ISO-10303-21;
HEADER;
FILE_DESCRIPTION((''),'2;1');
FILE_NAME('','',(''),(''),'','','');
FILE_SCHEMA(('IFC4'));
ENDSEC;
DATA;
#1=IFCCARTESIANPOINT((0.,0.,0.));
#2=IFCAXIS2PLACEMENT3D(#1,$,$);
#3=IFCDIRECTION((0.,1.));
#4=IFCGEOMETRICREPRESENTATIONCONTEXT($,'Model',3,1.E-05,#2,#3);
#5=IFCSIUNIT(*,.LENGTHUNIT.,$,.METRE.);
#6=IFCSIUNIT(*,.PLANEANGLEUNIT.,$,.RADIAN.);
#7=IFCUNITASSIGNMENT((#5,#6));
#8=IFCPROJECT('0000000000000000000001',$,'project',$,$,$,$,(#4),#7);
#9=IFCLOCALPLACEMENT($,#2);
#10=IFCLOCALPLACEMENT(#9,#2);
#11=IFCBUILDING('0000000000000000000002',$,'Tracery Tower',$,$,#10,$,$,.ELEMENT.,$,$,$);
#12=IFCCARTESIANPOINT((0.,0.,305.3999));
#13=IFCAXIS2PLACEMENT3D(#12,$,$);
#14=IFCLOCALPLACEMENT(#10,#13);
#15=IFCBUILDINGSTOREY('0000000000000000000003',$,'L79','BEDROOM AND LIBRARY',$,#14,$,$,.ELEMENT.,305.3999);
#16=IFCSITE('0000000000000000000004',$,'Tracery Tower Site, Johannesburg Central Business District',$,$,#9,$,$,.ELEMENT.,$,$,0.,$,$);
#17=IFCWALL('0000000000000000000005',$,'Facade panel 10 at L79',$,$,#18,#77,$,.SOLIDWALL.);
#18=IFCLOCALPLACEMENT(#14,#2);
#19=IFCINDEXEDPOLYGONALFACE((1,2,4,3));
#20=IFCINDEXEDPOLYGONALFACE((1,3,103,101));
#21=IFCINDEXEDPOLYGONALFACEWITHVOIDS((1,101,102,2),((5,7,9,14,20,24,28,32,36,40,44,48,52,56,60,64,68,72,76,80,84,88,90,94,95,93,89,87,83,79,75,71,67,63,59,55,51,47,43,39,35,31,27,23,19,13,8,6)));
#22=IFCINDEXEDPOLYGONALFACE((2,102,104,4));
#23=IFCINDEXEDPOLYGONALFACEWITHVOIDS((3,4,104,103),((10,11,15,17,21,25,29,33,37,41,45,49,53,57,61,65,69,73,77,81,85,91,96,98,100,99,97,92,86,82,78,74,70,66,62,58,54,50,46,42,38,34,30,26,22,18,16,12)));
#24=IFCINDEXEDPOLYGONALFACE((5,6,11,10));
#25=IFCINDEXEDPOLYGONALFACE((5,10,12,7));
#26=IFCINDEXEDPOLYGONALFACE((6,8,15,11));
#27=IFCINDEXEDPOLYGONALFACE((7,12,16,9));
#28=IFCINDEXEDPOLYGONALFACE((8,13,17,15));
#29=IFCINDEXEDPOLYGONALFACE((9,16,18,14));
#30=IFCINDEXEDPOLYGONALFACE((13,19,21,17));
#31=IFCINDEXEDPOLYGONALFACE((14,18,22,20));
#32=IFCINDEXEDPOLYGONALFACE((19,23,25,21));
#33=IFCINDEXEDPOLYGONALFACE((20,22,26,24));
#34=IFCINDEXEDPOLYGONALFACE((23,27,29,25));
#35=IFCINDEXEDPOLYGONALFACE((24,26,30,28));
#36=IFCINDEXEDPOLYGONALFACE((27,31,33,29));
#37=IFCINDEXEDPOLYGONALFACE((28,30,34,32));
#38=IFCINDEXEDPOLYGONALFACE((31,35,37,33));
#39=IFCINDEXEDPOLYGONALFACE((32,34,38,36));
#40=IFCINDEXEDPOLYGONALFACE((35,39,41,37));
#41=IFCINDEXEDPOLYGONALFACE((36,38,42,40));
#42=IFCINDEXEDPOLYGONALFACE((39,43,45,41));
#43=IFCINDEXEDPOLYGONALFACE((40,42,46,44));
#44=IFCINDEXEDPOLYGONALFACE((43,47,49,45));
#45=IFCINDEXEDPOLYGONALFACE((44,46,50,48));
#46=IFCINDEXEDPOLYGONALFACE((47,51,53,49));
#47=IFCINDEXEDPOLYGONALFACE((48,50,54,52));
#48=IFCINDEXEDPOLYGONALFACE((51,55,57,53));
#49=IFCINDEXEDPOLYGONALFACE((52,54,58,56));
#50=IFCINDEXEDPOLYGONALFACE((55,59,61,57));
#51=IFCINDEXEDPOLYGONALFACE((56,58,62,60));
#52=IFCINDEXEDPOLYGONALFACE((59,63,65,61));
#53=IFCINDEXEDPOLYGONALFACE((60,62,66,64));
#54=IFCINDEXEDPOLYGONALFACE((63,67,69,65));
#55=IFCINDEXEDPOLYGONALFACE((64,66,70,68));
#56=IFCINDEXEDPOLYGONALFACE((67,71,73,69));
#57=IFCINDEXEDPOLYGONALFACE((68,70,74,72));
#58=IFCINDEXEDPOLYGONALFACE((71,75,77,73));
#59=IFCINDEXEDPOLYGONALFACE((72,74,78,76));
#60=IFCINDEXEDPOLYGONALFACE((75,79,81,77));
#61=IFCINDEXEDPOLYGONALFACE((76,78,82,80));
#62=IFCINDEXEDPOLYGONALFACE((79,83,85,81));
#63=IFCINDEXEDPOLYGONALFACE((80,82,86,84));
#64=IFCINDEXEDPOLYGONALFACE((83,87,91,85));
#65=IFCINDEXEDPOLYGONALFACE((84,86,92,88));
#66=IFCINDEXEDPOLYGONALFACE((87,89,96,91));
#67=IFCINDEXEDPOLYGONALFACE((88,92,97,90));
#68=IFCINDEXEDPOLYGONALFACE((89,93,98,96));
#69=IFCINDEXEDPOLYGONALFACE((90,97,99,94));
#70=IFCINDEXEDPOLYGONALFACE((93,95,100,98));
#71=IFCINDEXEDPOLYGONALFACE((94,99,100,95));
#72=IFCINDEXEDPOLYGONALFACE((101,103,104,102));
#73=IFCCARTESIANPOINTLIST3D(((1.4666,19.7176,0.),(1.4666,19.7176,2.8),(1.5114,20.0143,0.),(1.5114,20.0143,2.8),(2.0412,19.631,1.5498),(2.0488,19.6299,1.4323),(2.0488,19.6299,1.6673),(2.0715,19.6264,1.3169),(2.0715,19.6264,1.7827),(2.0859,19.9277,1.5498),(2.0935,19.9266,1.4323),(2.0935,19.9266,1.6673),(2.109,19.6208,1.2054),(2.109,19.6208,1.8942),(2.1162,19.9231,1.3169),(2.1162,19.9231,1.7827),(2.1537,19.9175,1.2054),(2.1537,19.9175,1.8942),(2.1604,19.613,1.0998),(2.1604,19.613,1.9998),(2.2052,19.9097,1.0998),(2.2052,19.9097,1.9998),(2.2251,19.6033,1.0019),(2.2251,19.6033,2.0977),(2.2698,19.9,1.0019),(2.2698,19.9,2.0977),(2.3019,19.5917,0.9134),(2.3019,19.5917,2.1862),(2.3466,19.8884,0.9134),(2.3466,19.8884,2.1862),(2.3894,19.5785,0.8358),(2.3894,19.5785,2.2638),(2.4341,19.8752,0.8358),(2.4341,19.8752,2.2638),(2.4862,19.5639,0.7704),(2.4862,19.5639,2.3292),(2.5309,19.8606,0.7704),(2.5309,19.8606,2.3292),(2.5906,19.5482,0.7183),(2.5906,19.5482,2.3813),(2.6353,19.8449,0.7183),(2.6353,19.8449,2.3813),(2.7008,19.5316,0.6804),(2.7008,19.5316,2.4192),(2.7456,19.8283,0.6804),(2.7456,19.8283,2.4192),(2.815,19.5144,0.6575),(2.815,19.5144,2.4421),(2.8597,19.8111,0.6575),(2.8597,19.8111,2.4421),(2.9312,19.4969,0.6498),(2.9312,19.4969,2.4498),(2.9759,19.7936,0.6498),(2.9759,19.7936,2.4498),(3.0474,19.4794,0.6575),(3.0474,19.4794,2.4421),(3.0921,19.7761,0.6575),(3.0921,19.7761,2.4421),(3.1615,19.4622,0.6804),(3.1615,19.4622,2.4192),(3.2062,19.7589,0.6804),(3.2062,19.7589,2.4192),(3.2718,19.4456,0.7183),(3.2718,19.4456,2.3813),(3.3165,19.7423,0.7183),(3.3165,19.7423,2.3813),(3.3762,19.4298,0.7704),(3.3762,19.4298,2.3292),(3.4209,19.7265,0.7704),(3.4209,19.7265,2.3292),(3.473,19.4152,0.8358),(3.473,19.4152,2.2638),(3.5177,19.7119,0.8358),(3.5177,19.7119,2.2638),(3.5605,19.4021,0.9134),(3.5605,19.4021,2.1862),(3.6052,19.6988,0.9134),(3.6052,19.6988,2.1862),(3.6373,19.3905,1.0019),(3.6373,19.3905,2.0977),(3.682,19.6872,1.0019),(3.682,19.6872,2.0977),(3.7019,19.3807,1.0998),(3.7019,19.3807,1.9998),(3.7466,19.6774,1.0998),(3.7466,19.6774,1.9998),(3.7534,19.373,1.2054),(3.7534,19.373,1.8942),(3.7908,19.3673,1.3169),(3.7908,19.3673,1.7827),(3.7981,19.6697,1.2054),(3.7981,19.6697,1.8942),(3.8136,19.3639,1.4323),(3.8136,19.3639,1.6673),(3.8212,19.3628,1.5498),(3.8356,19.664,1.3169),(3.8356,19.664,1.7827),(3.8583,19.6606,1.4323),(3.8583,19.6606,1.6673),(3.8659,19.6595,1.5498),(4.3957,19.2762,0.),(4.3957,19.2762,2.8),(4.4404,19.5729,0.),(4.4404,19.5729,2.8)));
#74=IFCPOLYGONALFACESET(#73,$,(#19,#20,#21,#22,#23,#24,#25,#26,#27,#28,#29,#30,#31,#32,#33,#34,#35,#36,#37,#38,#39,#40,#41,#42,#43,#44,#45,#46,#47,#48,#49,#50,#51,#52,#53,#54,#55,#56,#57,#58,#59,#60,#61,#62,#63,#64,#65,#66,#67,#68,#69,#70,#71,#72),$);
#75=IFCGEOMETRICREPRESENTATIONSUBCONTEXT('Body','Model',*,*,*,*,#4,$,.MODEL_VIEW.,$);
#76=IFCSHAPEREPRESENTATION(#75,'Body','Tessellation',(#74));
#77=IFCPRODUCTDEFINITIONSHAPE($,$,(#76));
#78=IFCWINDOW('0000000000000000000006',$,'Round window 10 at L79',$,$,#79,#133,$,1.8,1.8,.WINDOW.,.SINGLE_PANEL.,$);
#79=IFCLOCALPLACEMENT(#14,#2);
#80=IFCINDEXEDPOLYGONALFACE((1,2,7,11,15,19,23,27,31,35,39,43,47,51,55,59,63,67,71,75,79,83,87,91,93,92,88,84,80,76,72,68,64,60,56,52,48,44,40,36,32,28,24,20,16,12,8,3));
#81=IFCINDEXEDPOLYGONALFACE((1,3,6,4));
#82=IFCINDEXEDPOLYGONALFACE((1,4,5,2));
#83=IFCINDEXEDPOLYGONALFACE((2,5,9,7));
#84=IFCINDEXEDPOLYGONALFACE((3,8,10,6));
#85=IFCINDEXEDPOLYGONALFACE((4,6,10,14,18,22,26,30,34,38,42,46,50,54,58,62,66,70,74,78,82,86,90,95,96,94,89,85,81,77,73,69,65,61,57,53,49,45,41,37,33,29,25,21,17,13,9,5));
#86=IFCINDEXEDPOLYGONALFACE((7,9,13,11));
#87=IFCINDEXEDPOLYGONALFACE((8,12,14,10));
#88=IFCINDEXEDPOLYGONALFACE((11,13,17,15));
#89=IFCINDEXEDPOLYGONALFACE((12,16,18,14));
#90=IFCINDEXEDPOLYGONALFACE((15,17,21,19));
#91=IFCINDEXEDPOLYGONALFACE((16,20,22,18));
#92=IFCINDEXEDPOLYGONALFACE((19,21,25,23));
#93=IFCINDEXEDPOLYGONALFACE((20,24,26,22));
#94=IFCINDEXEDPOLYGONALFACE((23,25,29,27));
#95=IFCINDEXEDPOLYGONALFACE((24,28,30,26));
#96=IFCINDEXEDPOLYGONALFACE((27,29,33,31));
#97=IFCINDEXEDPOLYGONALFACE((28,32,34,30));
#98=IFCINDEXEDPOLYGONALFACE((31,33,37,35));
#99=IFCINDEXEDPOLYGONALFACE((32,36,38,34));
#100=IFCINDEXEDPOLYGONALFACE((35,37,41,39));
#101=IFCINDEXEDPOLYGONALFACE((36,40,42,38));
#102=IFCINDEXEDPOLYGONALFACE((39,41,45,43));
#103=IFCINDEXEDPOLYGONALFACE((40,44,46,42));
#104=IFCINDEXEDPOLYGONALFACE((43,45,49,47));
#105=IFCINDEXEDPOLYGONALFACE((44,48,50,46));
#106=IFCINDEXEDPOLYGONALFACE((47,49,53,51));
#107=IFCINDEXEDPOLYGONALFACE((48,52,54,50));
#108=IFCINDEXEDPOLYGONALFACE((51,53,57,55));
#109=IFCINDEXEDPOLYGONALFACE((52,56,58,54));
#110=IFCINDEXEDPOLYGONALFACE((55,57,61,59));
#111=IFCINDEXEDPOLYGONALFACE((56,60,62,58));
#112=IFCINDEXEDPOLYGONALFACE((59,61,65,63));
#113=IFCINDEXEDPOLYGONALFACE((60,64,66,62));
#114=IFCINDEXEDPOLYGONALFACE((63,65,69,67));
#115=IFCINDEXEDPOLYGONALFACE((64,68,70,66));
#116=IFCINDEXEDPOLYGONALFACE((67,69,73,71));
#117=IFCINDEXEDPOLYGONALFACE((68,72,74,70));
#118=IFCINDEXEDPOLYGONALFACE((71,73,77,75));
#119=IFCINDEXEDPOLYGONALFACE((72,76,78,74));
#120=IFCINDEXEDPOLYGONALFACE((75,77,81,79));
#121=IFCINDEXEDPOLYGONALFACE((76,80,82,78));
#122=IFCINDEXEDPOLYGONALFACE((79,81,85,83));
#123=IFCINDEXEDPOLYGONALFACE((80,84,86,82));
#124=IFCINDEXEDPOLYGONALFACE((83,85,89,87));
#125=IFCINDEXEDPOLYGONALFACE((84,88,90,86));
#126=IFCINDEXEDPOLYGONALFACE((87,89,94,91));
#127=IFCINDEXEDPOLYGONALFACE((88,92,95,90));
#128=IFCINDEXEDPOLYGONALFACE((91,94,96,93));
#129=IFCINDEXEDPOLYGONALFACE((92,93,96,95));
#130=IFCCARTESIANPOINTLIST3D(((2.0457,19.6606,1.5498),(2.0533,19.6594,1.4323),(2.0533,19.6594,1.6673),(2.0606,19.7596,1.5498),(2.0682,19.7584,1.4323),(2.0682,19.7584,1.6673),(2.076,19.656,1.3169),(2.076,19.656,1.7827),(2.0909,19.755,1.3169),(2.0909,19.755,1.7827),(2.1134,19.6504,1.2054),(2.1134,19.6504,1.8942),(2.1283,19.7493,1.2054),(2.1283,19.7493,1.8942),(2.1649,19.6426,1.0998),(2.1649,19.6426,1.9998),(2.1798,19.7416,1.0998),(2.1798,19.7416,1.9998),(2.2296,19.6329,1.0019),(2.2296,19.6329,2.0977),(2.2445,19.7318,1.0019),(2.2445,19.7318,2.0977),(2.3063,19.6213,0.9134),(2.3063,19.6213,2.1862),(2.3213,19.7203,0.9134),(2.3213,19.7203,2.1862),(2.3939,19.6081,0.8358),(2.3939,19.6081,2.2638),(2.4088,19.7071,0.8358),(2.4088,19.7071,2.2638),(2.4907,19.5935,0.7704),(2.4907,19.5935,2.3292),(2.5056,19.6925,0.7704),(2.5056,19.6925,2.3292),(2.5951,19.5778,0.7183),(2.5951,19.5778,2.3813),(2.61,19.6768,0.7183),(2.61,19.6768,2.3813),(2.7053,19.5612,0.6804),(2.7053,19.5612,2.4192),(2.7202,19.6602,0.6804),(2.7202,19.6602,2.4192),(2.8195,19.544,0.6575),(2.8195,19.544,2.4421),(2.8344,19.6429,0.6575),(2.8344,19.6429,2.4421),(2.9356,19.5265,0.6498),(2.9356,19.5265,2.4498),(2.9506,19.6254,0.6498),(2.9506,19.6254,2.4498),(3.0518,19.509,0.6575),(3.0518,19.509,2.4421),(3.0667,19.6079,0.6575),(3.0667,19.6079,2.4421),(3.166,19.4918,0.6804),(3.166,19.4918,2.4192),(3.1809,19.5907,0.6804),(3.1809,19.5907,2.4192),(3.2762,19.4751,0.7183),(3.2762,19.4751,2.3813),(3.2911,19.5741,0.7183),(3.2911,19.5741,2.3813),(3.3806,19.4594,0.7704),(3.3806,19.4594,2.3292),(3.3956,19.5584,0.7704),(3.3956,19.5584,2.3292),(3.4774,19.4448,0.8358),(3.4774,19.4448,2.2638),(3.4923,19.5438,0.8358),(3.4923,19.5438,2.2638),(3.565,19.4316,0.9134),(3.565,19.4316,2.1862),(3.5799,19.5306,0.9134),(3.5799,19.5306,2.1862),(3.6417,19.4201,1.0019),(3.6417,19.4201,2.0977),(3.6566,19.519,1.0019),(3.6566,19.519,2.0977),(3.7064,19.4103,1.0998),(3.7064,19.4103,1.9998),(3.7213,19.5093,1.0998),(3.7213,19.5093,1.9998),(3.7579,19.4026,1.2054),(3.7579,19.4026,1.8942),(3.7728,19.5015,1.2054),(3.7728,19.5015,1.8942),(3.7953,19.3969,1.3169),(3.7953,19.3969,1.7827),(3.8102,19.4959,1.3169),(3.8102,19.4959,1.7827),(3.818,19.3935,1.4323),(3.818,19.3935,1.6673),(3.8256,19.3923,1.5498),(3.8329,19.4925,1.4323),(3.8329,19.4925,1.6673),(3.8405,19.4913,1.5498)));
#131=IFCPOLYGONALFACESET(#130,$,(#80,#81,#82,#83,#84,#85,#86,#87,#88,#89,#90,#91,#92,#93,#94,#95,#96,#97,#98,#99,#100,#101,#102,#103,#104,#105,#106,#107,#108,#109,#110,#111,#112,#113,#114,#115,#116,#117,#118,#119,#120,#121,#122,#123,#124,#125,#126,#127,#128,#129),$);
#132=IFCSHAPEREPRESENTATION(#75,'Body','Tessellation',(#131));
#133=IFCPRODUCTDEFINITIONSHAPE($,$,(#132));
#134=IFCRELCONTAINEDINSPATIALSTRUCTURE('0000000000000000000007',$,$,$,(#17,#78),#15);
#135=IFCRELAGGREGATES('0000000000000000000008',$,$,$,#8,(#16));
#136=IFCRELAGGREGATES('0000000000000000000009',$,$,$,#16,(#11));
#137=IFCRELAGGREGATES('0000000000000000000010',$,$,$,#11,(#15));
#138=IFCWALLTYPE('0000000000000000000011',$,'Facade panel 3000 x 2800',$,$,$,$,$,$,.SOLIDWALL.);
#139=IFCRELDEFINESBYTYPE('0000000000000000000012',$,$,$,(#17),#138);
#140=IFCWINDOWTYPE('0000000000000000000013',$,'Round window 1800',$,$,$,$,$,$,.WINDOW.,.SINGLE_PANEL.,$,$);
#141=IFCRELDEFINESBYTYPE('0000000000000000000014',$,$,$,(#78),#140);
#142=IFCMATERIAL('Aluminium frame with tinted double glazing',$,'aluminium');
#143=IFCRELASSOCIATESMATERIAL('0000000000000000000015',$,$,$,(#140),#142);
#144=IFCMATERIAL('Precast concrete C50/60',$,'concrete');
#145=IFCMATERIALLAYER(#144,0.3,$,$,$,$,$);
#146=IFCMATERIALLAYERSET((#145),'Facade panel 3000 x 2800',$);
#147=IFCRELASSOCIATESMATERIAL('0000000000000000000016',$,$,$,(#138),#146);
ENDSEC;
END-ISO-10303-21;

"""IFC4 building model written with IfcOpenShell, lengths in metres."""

from ifc_helpers import new_model, si_unit, direction, frame, frame_2d, origin, origin_2d, place, context, subcontext, project, spatial, rectangle, circle, extrude, material, layer, layer_set, type_object, element, fill, save


model = new_model("IFC4")

# Units and contexts
model_context = context("Model", 3, precision=1e-05, world=origin(), true_north=direction((0.0, 1.0)))
body_context = subcontext(model_context, "Body", "Model", "MODEL_VIEW")
ifc_project = project(units=[si_unit("LENGTHUNIT", "METRE"), si_unit("PLANEANGLEUNIT", "RADIAN")], contexts=[model_context])

# Site, building, storey
site_placement = place(None, origin())
site = spatial("IfcSite", under=ifc_project, at=site_placement, Name="Tracery Tower Site, Johannesburg Central Business District", CompositionType="ELEMENT", RefElevation=0.0)
building_placement = place(site_placement, origin())
building = spatial("IfcBuilding", under=site, at=building_placement, Name="Tracery Tower", CompositionType="ELEMENT")
storey_placement = place(building_placement, frame((0.0, 0.0, 305.3999)))
storey = spatial("IfcBuildingStorey", under=building, at=storey_placement, Name="L79", Description="BEDROOM AND LIBRARY", CompositionType="ELEMENT", Elevation=305.3999)

# Wall, opening, window
ifc_material_1 = material(Name="Aluminium frame with tinted double glazing", Category="aluminium")
window_type = type_object("IfcWindowType", Name="Round window 1800", PartitioningType="SINGLE_PANEL", PredefinedType="WINDOW", material=ifc_material_1)
ifc_material_2 = material(Name="Precast concrete C50/60", Category="concrete")
ifc_layer_1 = layer(ifc_material_2, 0.3)
ifc_layer_set_1 = layer_set([ifc_layer_1], Name="Facade panel 3000 x 2800")
wall_type_1 = type_object("IfcWallType", Name="Facade panel 3000 x 2800", PredefinedType="SOLIDWALL", material=ifc_layer_set_1)
wall_1_placement = place(storey_placement, frame((4.418, 19.4246, 0.0), z_axis=(0.0, 0.0, 1.0), x_axis=(-0.988836, 0.149009, 0.0)))
wall_1 = element("IfcWall", 1, at=wall_1_placement, inside=storey, type_object=wall_type_1, Name="Facade panel 10 at L79", PredefinedType="SOLIDWALL", context=body_context, shape_type="SweptSolid", body=[
    extrude(rectangle(XDim=2.9622, YDim=0.3, at=frame_2d((1.481, 0.0))), origin(), (0.0, 0.0, 1.0), 2.8),
])
opening_1_placement = place(wall_1_placement, frame((1.481, 0.0, 1.5498)))
opening_1 = element("IfcOpeningElement", 2, at=opening_1_placement, cuts=wall_1, PredefinedType="OPENING", context=body_context, shape_type="SweptSolid", body=[
    extrude(circle(Radius=0.9, at=origin_2d()), frame((0.0, 0.1599, 0.0), z_axis=(0.0, -1.0, 0.0), x_axis=(1.0, 0.0, 0.0)), (0.0, 0.0, 1.0), 0.3201),
])
window_1_placement = place(opening_1_placement, origin())
window_1 = element("IfcWindow", 3, at=window_1_placement, inside=storey, type_object=window_type, Name="Round window 10 at L79", OverallHeight=1.8, OverallWidth=1.8, PartitioningType="SINGLE_PANEL", PredefinedType="WINDOW", context=body_context, shape_type="SweptSolid", body=[
    extrude(circle(Radius=0.9, at=origin_2d()), frame((0.0, 0.1201, 0.0), z_axis=(0.0, -1.0, 0.0), x_axis=(1.0, 0.0, 0.0)), (0.0, 0.0, 1.0), 0.1001),
])
fill(opening_1, window_1)

save(model, "model.ifc")
